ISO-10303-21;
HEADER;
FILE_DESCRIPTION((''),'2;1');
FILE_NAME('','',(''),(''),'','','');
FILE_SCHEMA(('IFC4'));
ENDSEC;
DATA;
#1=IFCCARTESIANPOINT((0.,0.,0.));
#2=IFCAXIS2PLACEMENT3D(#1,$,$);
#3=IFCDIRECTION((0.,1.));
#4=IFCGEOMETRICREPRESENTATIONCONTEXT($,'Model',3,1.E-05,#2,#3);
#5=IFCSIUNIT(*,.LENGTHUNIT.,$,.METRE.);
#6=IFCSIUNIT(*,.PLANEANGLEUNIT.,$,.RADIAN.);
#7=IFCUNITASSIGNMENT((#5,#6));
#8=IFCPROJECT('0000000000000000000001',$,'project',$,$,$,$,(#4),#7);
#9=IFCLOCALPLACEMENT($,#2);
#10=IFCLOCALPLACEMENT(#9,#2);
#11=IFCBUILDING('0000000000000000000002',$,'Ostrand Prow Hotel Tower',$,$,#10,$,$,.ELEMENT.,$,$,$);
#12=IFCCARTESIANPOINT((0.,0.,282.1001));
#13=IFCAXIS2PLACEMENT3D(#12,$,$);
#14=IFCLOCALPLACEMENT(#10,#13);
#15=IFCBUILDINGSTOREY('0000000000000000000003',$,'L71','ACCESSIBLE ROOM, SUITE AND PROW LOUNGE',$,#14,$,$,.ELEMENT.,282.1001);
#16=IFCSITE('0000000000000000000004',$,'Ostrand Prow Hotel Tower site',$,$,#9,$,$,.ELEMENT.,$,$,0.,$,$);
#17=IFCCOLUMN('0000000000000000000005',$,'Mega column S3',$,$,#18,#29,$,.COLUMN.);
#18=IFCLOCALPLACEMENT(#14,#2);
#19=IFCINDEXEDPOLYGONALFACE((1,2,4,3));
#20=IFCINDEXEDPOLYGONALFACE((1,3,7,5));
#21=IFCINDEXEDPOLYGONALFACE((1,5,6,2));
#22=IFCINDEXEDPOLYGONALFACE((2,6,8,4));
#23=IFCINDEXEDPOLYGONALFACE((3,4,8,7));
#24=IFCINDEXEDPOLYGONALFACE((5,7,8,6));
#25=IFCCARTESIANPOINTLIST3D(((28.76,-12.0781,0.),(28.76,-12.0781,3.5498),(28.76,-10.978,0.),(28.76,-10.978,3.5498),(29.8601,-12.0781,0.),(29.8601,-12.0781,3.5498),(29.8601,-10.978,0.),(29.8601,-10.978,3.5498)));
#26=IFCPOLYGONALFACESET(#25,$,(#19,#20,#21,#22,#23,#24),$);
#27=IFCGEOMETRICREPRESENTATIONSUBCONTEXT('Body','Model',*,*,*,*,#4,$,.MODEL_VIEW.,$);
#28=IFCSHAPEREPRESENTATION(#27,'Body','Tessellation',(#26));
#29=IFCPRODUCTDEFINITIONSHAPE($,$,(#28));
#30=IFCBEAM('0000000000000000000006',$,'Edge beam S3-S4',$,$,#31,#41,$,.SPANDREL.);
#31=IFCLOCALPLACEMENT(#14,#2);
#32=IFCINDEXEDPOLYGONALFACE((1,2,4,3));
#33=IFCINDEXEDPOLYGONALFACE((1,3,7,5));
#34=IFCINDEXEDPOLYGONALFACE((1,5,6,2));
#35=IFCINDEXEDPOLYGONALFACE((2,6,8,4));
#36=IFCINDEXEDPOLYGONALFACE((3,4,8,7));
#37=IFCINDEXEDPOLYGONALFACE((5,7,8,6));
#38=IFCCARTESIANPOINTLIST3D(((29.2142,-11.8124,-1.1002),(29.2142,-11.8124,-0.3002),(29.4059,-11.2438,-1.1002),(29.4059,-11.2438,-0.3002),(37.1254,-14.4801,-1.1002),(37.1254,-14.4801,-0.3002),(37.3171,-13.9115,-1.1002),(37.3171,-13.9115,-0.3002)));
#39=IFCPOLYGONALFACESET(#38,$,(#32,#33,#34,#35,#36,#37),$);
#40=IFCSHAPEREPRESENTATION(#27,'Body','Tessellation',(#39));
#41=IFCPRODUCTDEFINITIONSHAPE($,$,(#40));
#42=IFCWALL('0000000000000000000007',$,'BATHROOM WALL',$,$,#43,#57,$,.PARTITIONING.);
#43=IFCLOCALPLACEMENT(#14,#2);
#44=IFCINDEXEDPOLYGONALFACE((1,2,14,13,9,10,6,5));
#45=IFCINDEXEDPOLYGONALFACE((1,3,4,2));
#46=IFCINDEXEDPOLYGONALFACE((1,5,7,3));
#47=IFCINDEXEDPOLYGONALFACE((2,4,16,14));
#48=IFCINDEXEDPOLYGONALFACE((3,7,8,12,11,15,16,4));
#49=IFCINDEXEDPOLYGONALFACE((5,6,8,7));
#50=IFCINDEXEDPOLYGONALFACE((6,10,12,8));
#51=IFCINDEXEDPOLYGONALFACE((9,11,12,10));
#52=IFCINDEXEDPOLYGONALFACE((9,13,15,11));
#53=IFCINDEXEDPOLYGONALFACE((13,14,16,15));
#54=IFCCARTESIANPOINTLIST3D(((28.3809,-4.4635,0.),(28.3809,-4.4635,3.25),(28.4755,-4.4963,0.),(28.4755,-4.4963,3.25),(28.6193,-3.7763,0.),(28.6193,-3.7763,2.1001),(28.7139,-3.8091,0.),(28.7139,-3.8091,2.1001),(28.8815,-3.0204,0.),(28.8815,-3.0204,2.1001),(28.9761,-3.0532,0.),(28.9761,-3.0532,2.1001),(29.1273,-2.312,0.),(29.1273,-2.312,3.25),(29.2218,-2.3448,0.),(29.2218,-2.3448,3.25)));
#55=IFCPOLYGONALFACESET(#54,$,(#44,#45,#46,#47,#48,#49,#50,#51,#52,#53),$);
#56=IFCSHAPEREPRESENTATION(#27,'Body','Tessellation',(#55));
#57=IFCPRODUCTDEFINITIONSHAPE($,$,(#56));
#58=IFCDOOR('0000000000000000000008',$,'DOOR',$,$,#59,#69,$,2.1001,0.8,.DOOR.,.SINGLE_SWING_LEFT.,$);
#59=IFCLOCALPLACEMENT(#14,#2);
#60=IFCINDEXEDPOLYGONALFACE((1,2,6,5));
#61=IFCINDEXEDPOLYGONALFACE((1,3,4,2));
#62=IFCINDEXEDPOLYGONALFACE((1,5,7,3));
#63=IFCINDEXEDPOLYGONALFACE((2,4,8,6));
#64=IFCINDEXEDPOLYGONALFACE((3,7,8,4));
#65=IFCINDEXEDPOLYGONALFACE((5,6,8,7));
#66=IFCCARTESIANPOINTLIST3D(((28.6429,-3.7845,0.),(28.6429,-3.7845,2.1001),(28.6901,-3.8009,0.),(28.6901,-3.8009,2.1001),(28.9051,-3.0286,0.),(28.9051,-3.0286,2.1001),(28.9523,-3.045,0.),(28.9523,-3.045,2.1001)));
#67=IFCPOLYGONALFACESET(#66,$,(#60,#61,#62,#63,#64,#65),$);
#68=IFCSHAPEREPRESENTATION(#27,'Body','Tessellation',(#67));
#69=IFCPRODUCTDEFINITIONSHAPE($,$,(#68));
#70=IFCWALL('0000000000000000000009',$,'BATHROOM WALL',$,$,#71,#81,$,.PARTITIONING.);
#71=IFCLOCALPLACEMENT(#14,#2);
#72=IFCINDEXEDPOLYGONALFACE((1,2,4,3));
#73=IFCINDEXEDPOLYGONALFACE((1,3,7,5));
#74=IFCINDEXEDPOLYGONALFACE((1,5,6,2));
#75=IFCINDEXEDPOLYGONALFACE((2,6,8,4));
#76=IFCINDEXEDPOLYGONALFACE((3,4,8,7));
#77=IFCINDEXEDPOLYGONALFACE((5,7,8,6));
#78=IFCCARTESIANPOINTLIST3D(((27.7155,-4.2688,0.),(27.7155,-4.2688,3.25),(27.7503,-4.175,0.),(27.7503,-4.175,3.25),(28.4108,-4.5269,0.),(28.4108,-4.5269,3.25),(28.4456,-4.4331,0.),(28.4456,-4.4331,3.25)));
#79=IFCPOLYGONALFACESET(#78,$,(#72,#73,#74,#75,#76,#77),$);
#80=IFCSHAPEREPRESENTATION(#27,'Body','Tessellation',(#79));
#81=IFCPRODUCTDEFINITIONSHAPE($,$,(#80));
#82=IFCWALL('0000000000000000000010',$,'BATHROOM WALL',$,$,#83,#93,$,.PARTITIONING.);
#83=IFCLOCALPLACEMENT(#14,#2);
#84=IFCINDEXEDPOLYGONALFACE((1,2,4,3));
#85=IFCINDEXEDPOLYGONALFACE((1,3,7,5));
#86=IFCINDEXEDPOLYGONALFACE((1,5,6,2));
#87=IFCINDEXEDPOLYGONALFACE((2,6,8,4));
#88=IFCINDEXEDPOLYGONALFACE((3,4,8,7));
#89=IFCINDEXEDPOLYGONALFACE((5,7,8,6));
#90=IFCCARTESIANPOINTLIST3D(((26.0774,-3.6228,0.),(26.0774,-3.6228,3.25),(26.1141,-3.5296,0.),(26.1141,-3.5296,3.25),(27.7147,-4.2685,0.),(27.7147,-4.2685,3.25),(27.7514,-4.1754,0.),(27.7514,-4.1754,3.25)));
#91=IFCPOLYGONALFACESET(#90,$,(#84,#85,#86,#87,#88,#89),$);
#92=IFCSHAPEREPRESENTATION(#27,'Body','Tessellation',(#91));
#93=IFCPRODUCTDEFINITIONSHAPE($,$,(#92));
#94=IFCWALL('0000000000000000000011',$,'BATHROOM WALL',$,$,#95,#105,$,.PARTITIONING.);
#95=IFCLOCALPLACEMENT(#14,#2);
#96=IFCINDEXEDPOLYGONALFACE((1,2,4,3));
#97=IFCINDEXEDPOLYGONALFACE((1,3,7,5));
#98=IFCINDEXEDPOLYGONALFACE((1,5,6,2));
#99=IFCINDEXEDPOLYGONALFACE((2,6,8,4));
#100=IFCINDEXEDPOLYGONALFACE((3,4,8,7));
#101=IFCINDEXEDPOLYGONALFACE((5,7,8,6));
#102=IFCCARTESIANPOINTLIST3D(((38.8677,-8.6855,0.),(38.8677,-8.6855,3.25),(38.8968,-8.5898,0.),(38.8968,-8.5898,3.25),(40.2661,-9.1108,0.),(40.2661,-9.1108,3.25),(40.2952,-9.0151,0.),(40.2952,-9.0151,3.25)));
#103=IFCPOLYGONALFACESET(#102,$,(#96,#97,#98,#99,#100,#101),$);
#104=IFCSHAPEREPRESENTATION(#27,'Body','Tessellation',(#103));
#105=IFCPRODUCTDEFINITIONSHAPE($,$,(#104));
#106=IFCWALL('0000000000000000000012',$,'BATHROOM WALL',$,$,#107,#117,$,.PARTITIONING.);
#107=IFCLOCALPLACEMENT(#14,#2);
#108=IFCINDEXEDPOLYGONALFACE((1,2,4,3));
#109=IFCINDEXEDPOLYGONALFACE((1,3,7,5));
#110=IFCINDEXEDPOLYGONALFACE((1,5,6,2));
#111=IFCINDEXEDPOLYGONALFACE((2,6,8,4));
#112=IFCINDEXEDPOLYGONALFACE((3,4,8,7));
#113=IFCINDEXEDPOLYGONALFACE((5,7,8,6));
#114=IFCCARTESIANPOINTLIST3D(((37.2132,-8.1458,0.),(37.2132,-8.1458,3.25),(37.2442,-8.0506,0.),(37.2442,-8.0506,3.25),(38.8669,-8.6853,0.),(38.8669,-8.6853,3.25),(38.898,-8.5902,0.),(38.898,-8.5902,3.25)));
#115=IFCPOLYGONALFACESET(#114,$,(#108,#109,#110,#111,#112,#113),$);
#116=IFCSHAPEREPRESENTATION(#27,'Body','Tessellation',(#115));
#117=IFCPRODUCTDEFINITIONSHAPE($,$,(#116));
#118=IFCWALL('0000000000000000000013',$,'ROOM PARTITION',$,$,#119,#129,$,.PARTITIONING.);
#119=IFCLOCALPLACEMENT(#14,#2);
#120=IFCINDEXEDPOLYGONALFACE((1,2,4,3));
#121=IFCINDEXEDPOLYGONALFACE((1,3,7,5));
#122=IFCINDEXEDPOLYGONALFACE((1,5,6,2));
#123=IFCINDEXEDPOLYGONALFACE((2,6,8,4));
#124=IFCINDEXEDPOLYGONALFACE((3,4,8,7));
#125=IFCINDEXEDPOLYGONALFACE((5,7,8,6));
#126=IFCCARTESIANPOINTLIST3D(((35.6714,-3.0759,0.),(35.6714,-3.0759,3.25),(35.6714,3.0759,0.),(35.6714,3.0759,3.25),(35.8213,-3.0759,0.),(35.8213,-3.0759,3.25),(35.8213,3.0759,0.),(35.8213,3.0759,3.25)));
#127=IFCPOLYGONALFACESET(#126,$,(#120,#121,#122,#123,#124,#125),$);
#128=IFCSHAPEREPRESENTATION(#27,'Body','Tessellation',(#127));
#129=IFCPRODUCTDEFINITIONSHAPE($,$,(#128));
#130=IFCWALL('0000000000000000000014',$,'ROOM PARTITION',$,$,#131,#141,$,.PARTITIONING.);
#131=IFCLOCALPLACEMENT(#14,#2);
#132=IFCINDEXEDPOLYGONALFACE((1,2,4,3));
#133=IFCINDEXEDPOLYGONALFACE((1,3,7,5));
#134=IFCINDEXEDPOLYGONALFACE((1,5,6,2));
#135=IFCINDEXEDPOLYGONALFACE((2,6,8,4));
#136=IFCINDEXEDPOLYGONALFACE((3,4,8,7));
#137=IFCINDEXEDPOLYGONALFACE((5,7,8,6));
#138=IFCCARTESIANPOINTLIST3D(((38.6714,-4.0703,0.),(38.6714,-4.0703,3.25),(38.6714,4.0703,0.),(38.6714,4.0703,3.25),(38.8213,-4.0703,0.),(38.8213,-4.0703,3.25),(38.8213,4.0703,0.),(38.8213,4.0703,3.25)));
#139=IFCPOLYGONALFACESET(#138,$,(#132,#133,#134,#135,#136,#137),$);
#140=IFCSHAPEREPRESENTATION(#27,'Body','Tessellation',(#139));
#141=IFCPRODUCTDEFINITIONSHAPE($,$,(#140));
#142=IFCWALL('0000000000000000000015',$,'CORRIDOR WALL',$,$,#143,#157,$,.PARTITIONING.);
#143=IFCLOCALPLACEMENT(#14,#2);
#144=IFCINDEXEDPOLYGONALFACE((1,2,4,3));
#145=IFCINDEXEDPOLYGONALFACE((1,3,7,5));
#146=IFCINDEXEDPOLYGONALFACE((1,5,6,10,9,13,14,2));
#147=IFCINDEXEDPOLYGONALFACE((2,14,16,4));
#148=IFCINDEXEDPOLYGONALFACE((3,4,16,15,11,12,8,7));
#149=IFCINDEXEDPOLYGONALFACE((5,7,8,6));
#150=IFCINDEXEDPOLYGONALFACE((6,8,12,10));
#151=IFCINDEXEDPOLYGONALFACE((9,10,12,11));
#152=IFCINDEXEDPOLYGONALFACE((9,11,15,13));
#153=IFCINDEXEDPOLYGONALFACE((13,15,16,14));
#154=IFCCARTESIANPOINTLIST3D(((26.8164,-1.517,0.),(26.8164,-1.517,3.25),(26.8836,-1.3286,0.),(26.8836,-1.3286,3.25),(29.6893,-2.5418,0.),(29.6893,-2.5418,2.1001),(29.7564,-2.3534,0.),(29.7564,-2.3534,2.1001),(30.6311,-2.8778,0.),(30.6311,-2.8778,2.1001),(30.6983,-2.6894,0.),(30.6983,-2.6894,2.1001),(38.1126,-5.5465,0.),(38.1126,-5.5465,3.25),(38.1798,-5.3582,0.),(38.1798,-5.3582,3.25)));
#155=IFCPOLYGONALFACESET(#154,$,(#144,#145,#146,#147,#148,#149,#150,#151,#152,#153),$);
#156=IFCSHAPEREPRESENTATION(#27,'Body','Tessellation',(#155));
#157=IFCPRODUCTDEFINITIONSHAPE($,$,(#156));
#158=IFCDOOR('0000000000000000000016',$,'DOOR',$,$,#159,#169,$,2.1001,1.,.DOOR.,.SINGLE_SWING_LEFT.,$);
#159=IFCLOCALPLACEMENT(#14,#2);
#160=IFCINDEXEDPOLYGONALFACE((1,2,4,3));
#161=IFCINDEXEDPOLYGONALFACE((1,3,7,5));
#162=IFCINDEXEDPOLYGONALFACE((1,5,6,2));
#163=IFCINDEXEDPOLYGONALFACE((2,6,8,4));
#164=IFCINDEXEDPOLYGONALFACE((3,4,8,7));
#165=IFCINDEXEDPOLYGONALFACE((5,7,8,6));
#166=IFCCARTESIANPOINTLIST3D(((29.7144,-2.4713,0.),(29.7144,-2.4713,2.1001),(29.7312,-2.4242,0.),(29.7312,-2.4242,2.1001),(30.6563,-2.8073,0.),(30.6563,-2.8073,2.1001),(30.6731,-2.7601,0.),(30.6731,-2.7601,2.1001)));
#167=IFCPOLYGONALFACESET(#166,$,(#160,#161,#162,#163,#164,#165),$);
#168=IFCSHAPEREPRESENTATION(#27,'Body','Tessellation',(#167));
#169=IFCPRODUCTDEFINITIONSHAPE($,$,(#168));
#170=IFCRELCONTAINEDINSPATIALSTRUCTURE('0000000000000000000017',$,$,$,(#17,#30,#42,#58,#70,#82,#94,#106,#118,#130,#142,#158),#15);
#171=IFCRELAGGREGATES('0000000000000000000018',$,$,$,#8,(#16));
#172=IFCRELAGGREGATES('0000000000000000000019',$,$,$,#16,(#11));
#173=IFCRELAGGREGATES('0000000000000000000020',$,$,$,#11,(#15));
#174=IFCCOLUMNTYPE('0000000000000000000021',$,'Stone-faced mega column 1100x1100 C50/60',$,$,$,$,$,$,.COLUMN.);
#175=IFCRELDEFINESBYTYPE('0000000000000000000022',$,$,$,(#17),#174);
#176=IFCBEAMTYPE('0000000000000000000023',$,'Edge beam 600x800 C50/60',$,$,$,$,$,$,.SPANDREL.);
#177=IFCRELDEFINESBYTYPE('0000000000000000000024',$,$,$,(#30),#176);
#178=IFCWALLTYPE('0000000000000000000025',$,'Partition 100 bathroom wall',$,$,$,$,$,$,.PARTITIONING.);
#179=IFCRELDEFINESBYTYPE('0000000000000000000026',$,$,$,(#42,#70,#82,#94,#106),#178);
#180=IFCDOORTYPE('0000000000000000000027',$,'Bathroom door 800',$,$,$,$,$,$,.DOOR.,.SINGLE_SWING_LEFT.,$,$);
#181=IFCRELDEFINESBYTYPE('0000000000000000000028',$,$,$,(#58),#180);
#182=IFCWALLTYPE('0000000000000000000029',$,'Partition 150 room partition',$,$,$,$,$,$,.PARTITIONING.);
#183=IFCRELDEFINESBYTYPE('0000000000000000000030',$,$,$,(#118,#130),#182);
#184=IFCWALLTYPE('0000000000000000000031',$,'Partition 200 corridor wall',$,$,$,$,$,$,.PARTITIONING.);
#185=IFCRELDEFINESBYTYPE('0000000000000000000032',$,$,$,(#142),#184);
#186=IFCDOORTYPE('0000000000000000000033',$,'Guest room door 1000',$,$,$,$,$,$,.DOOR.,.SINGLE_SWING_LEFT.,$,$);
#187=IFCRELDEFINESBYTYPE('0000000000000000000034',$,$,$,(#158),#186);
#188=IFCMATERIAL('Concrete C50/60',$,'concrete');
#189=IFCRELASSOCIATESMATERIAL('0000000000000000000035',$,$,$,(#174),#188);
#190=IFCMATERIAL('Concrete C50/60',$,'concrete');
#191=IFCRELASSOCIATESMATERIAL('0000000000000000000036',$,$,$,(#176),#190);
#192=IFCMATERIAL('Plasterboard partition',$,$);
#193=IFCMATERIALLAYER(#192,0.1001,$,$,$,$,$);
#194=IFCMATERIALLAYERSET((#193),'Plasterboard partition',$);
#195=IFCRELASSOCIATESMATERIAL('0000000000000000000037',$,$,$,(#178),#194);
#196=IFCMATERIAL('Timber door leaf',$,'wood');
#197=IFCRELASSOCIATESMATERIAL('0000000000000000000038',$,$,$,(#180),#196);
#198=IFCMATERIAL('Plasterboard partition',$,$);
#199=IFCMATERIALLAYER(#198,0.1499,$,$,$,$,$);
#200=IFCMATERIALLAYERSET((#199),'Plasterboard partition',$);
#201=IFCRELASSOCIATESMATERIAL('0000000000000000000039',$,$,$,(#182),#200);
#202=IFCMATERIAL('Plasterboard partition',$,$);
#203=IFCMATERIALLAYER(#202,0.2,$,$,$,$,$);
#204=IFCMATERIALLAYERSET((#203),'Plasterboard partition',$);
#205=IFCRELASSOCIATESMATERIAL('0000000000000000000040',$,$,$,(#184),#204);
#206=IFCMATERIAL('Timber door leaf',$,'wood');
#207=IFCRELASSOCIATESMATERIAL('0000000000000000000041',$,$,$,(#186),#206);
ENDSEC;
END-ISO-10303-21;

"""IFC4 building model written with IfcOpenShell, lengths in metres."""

from ifc_helpers import new_model, si_unit, direction, frame, frame_2d, origin, origin_2d, place, context, subcontext, project, spatial, rectangle, extrude, material, layer, layer_set, material_profile, profile_set, type_object, element, fill, save


model = new_model("IFC4")

# Units and contexts
model_context = context("Model", 3, precision=1e-05, world=origin(), true_north=direction((0.0, 1.0)))
body_context = subcontext(model_context, "Body", "Model", "MODEL_VIEW")
ifc_project = project(units=[si_unit("LENGTHUNIT", "METRE"), si_unit("PLANEANGLEUNIT", "RADIAN")], contexts=[model_context])

# Site, building, storey
site_placement = place(None, origin())
site = spatial("IfcSite", under=ifc_project, at=site_placement, Name="Ostrand Prow Hotel Tower site", CompositionType="ELEMENT", RefElevation=0.0)
building_placement = place(site_placement, origin())
building = spatial("IfcBuilding", under=site, at=building_placement, Name="Ostrand Prow Hotel Tower", CompositionType="ELEMENT")
storey_placement = place(building_placement, frame((0.0, 0.0, 282.1001)))
storey = spatial("IfcBuildingStorey", under=building, at=storey_placement, Name="L71", Description="ACCESSIBLE ROOM, SUITE AND PROW LOUNGE", CompositionType="ELEMENT", Elevation=282.1001)

# Column
ifc_material_1 = material(Name="Concrete C50/60", Category="concrete")
ifc_material_profile_1 = material_profile(ifc_material_1, rectangle(XDim=1.1001, YDim=1.1001, at=origin_2d()), Name="RC 1100x1100")
ifc_profile_set_1 = profile_set([ifc_material_profile_1], Name="Concrete C50/60")
column_type = type_object("IfcColumnType", Name="Stone-faced mega column 1100x1100 C50/60", PredefinedType="COLUMN", material=ifc_profile_set_1)
column_placement = place(storey_placement, frame((29.3101, -11.5281, 0.0), z_axis=(0.0, 0.0, 1.0), x_axis=(1.0, 0.0, 0.0)))
element("IfcColumn", 1, at=column_placement, inside=storey, type_object=column_type, Name="Mega column S3", PredefinedType="COLUMN", context=body_context, shape_type="SweptSolid", body=[
    extrude(rectangle(XDim=1.1001, YDim=1.1001, at=origin_2d()), origin(), (0.0, 0.0, 1.0), 3.5498),
])

# Beam
ifc_material_2 = material(Name="Concrete C50/60", Category="concrete")
ifc_material_profile_2 = material_profile(ifc_material_2, rectangle(XDim=0.6001, YDim=0.8, at=origin_2d()), Name="RC 600x800")
ifc_profile_set_2 = profile_set([ifc_material_profile_2], Name="Concrete C50/60")
beam_type = type_object("IfcBeamType", Name="Edge beam 600x800 C50/60", PredefinedType="SPANDREL", material=ifc_profile_set_2)
beam_placement = place(storey_placement, frame((29.3101, -11.5281, -0.7002), z_axis=(0.947575, -0.319533, 0.0), x_axis=(0.319533, 0.947575, 0.0)))
element("IfcBeam", 2, at=beam_placement, inside=storey, type_object=beam_type, Name="Edge beam S3-S4", PredefinedType="SPANDREL", context=body_context, shape_type="SweptSolid", body=[
    extrude(rectangle(XDim=0.6001, YDim=0.8, at=origin_2d()), origin(), (0.0, 0.0, 1.0), 8.3489),
])

# Wall, opening, door
ifc_material_3 = material(Name="Plasterboard partition")
ifc_layer_1 = layer(ifc_material_3, 0.1001)
ifc_layer_set_1 = layer_set([ifc_layer_1], Name="Plasterboard partition")
wall_type_1 = type_object("IfcWallType", Name="Partition 100 bathroom wall", PredefinedType="PARTITIONING", material=ifc_layer_set_1)
wall_1_placement = place(storey_placement, frame((29.1746, -2.3284, 0.0), z_axis=(0.0, 0.0, 1.0), x_axis=(-0.327718, -0.944776, 0.0)))
wall_1 = element("IfcWall", 3, at=wall_1_placement, inside=storey, type_object=wall_type_1, Name="BATHROOM WALL", PredefinedType="PARTITIONING", context=body_context, shape_type="SweptSolid", body=[
    extrude(rectangle(XDim=2.2773, YDim=0.1001, at=frame_2d((1.1387, 0.0))), origin(), (0.0, 0.0, 1.0), 3.25),
])
opening_1_placement = place(wall_1_placement, frame((0.75, 0.0, 0.0)))
opening_1 = element("IfcOpeningElement", 4, at=opening_1_placement, cuts=wall_1, PredefinedType="OPENING", context=body_context, shape_type="SweptSolid", body=[
    extrude(rectangle(XDim=0.8, YDim=2.1001, at=frame_2d((0.3999, 1.05))), frame((0.0, 0.0601, 0.0), z_axis=(0.0, -1.0, 0.0), x_axis=(1.0, 0.0, 0.0)), (0.0, 0.0, 1.0), 0.1201),
])
ifc_material_4 = material(Name="Timber door leaf", Category="wood")
door_type_1 = type_object("IfcDoorType", Name="Bathroom door 800", OperationType="SINGLE_SWING_LEFT", PredefinedType="DOOR", material=ifc_material_4)
door_1_placement = place(opening_1_placement, origin())
door_1 = element("IfcDoor", 5, at=door_1_placement, inside=storey, type_object=door_type_1, Name="DOOR", OperationType="SINGLE_SWING_LEFT", OverallHeight=2.1001, OverallWidth=0.8, PredefinedType="DOOR", context=body_context, shape_type="SweptSolid", body=[
    extrude(rectangle(XDim=0.8, YDim=2.1001, at=frame_2d((0.3999, 1.05))), frame((0.0, 0.0249, 0.0), z_axis=(0.0, -1.0, 0.0), x_axis=(1.0, 0.0, 0.0)), (0.0, 0.0, 1.0), 0.05),
])
fill(opening_1, door_1)

# Walls
wall_2_placement = place(storey_placement, frame((28.4282, -4.48, 0.0), z_axis=(0.0, 0.0, 1.0), x_axis=(-0.937514, 0.347947, 0.0)))
element("IfcWall", 6, at=wall_2_placement, inside=storey, type_object=wall_type_1, Name="BATHROOM WALL", PredefinedType="PARTITIONING", context=body_context, shape_type="SweptSolid", body=[
    extrude(rectangle(XDim=0.7417, YDim=0.1001, at=frame_2d((0.3708, 0.0))), origin(), (0.0, 0.0, 1.0), 3.25),
])
wall_3_placement = place(storey_placement, frame((27.7329, -4.2219, 0.0), z_axis=(0.0, 0.0, 1.0), x_axis=(-0.930255, 0.366914, 0.0)))
element("IfcWall", 7, at=wall_3_placement, inside=storey, type_object=wall_type_1, Name="BATHROOM WALL", PredefinedType="PARTITIONING", context=body_context, shape_type="SweptSolid", body=[
    extrude(rectangle(XDim=1.76, YDim=0.1001, at=frame_2d((0.8799, 0.0))), origin(), (0.0, 0.0, 1.0), 3.25),
])
wall_4_placement = place(storey_placement, frame((40.2808, -9.063, 0.0), z_axis=(0.0, 0.0, 1.0), x_axis=(-0.956735, 0.290962, 0.0)))
element("IfcWall", 8, at=wall_4_placement, inside=storey, type_object=wall_type_1, Name="BATHROOM WALL", PredefinedType="PARTITIONING", context=body_context, shape_type="SweptSolid", body=[
    extrude(rectangle(XDim=1.4617, YDim=0.1001, at=frame_2d((0.731, 0.0))), origin(), (0.0, 0.0, 1.0), 3.25),
])
wall_5_placement = place(storey_placement, frame((38.8823, -8.6377, 0.0), z_axis=(0.0, 0.0, 1.0), x_axis=(-0.950685, 0.310158, 0.0)))
element("IfcWall", 9, at=wall_5_placement, inside=storey, type_object=wall_type_1, Name="BATHROOM WALL", PredefinedType="PARTITIONING", context=body_context, shape_type="SweptSolid", body=[
    extrude(rectangle(XDim=1.7395, YDim=0.1001, at=frame_2d((0.8696, 0.0))), origin(), (0.0, 0.0, 1.0), 3.25),
])
ifc_material_5 = material(Name="Plasterboard partition")
ifc_layer_2 = layer(ifc_material_5, 0.1499)
ifc_layer_set_2 = layer_set([ifc_layer_2], Name="Plasterboard partition")
wall_type_2 = type_object("IfcWallType", Name="Partition 150 room partition", PredefinedType="PARTITIONING", material=ifc_layer_set_2)
wall_6_placement = place(storey_placement, frame((35.7463, -3.0759, 0.0), z_axis=(0.0, 0.0, 1.0), x_axis=(0.0, 1.0, 0.0)))
element("IfcWall", 10, at=wall_6_placement, inside=storey, type_object=wall_type_2, Name="ROOM PARTITION", PredefinedType="PARTITIONING", context=body_context, shape_type="SweptSolid", body=[
    extrude(rectangle(XDim=6.1519, YDim=0.1499, at=frame_2d((3.0759, 0.0))), origin(), (0.0, 0.0, 1.0), 3.25),
])
wall_7_placement = place(storey_placement, frame((38.7463, -4.0703, 0.0), z_axis=(0.0, 0.0, 1.0), x_axis=(0.0, 1.0, 0.0)))
element("IfcWall", 11, at=wall_7_placement, inside=storey, type_object=wall_type_2, Name="ROOM PARTITION", PredefinedType="PARTITIONING", context=body_context, shape_type="SweptSolid", body=[
    extrude(rectangle(XDim=8.1406, YDim=0.1499, at=frame_2d((4.0703, 0.0))), origin(), (0.0, 0.0, 1.0), 3.25),
])

# Wall, opening, door
ifc_material_6 = material(Name="Plasterboard partition")
ifc_layer_3 = layer(ifc_material_6, 0.2)
ifc_layer_set_3 = layer_set([ifc_layer_3], Name="Plasterboard partition")
wall_type_3 = type_object("IfcWallType", Name="Partition 200 corridor wall", PredefinedType="PARTITIONING", material=ifc_layer_set_3)
wall_8_placement = place(storey_placement, frame((26.8501, -1.4229, 0.0), z_axis=(0.0, 0.0, 1.0), x_axis=(0.941868, -0.335982, 0.0)))
wall_8 = element("IfcWall", 12, at=wall_8_placement, inside=storey, type_object=wall_type_3, Name="CORRIDOR WALL", PredefinedType="PARTITIONING", context=body_context, shape_type="SweptSolid", body=[
    extrude(rectangle(XDim=11.9934, YDim=0.2, at=frame_2d((5.9966, 0.0))), origin(), (0.0, 0.0, 1.0), 3.25),
])
opening_2_placement = place(wall_8_placement, frame((3.05, 0.0, 0.0)))
opening_2 = element("IfcOpeningElement", 13, at=opening_2_placement, cuts=wall_8, PredefinedType="OPENING", context=body_context, shape_type="SweptSolid", body=[
    extrude(rectangle(XDim=1.0, YDim=2.1001, at=frame_2d((0.5, 1.05))), frame((0.0, 0.1099, 0.0), z_axis=(0.0, -1.0, 0.0), x_axis=(1.0, 0.0, 0.0)), (0.0, 0.0, 1.0), 0.22),
])
ifc_material_7 = material(Name="Timber door leaf", Category="wood")
door_type_2 = type_object("IfcDoorType", Name="Guest room door 1000", OperationType="SINGLE_SWING_LEFT", PredefinedType="DOOR", material=ifc_material_7)
door_2_placement = place(opening_2_placement, origin())
door_2 = element("IfcDoor", 14, at=door_2_placement, inside=storey, type_object=door_type_2, Name="DOOR", OperationType="SINGLE_SWING_LEFT", OverallHeight=2.1001, OverallWidth=1.0, PredefinedType="DOOR", context=body_context, shape_type="SweptSolid", body=[
    extrude(rectangle(XDim=1.0, YDim=2.1001, at=frame_2d((0.5, 1.05))), frame((0.0, 0.0249, 0.0), z_axis=(0.0, -1.0, 0.0), x_axis=(1.0, 0.0, 0.0)), (0.0, 0.0, 1.0), 0.05),
])
fill(opening_2, door_2)

save(model, "model.ifc")
